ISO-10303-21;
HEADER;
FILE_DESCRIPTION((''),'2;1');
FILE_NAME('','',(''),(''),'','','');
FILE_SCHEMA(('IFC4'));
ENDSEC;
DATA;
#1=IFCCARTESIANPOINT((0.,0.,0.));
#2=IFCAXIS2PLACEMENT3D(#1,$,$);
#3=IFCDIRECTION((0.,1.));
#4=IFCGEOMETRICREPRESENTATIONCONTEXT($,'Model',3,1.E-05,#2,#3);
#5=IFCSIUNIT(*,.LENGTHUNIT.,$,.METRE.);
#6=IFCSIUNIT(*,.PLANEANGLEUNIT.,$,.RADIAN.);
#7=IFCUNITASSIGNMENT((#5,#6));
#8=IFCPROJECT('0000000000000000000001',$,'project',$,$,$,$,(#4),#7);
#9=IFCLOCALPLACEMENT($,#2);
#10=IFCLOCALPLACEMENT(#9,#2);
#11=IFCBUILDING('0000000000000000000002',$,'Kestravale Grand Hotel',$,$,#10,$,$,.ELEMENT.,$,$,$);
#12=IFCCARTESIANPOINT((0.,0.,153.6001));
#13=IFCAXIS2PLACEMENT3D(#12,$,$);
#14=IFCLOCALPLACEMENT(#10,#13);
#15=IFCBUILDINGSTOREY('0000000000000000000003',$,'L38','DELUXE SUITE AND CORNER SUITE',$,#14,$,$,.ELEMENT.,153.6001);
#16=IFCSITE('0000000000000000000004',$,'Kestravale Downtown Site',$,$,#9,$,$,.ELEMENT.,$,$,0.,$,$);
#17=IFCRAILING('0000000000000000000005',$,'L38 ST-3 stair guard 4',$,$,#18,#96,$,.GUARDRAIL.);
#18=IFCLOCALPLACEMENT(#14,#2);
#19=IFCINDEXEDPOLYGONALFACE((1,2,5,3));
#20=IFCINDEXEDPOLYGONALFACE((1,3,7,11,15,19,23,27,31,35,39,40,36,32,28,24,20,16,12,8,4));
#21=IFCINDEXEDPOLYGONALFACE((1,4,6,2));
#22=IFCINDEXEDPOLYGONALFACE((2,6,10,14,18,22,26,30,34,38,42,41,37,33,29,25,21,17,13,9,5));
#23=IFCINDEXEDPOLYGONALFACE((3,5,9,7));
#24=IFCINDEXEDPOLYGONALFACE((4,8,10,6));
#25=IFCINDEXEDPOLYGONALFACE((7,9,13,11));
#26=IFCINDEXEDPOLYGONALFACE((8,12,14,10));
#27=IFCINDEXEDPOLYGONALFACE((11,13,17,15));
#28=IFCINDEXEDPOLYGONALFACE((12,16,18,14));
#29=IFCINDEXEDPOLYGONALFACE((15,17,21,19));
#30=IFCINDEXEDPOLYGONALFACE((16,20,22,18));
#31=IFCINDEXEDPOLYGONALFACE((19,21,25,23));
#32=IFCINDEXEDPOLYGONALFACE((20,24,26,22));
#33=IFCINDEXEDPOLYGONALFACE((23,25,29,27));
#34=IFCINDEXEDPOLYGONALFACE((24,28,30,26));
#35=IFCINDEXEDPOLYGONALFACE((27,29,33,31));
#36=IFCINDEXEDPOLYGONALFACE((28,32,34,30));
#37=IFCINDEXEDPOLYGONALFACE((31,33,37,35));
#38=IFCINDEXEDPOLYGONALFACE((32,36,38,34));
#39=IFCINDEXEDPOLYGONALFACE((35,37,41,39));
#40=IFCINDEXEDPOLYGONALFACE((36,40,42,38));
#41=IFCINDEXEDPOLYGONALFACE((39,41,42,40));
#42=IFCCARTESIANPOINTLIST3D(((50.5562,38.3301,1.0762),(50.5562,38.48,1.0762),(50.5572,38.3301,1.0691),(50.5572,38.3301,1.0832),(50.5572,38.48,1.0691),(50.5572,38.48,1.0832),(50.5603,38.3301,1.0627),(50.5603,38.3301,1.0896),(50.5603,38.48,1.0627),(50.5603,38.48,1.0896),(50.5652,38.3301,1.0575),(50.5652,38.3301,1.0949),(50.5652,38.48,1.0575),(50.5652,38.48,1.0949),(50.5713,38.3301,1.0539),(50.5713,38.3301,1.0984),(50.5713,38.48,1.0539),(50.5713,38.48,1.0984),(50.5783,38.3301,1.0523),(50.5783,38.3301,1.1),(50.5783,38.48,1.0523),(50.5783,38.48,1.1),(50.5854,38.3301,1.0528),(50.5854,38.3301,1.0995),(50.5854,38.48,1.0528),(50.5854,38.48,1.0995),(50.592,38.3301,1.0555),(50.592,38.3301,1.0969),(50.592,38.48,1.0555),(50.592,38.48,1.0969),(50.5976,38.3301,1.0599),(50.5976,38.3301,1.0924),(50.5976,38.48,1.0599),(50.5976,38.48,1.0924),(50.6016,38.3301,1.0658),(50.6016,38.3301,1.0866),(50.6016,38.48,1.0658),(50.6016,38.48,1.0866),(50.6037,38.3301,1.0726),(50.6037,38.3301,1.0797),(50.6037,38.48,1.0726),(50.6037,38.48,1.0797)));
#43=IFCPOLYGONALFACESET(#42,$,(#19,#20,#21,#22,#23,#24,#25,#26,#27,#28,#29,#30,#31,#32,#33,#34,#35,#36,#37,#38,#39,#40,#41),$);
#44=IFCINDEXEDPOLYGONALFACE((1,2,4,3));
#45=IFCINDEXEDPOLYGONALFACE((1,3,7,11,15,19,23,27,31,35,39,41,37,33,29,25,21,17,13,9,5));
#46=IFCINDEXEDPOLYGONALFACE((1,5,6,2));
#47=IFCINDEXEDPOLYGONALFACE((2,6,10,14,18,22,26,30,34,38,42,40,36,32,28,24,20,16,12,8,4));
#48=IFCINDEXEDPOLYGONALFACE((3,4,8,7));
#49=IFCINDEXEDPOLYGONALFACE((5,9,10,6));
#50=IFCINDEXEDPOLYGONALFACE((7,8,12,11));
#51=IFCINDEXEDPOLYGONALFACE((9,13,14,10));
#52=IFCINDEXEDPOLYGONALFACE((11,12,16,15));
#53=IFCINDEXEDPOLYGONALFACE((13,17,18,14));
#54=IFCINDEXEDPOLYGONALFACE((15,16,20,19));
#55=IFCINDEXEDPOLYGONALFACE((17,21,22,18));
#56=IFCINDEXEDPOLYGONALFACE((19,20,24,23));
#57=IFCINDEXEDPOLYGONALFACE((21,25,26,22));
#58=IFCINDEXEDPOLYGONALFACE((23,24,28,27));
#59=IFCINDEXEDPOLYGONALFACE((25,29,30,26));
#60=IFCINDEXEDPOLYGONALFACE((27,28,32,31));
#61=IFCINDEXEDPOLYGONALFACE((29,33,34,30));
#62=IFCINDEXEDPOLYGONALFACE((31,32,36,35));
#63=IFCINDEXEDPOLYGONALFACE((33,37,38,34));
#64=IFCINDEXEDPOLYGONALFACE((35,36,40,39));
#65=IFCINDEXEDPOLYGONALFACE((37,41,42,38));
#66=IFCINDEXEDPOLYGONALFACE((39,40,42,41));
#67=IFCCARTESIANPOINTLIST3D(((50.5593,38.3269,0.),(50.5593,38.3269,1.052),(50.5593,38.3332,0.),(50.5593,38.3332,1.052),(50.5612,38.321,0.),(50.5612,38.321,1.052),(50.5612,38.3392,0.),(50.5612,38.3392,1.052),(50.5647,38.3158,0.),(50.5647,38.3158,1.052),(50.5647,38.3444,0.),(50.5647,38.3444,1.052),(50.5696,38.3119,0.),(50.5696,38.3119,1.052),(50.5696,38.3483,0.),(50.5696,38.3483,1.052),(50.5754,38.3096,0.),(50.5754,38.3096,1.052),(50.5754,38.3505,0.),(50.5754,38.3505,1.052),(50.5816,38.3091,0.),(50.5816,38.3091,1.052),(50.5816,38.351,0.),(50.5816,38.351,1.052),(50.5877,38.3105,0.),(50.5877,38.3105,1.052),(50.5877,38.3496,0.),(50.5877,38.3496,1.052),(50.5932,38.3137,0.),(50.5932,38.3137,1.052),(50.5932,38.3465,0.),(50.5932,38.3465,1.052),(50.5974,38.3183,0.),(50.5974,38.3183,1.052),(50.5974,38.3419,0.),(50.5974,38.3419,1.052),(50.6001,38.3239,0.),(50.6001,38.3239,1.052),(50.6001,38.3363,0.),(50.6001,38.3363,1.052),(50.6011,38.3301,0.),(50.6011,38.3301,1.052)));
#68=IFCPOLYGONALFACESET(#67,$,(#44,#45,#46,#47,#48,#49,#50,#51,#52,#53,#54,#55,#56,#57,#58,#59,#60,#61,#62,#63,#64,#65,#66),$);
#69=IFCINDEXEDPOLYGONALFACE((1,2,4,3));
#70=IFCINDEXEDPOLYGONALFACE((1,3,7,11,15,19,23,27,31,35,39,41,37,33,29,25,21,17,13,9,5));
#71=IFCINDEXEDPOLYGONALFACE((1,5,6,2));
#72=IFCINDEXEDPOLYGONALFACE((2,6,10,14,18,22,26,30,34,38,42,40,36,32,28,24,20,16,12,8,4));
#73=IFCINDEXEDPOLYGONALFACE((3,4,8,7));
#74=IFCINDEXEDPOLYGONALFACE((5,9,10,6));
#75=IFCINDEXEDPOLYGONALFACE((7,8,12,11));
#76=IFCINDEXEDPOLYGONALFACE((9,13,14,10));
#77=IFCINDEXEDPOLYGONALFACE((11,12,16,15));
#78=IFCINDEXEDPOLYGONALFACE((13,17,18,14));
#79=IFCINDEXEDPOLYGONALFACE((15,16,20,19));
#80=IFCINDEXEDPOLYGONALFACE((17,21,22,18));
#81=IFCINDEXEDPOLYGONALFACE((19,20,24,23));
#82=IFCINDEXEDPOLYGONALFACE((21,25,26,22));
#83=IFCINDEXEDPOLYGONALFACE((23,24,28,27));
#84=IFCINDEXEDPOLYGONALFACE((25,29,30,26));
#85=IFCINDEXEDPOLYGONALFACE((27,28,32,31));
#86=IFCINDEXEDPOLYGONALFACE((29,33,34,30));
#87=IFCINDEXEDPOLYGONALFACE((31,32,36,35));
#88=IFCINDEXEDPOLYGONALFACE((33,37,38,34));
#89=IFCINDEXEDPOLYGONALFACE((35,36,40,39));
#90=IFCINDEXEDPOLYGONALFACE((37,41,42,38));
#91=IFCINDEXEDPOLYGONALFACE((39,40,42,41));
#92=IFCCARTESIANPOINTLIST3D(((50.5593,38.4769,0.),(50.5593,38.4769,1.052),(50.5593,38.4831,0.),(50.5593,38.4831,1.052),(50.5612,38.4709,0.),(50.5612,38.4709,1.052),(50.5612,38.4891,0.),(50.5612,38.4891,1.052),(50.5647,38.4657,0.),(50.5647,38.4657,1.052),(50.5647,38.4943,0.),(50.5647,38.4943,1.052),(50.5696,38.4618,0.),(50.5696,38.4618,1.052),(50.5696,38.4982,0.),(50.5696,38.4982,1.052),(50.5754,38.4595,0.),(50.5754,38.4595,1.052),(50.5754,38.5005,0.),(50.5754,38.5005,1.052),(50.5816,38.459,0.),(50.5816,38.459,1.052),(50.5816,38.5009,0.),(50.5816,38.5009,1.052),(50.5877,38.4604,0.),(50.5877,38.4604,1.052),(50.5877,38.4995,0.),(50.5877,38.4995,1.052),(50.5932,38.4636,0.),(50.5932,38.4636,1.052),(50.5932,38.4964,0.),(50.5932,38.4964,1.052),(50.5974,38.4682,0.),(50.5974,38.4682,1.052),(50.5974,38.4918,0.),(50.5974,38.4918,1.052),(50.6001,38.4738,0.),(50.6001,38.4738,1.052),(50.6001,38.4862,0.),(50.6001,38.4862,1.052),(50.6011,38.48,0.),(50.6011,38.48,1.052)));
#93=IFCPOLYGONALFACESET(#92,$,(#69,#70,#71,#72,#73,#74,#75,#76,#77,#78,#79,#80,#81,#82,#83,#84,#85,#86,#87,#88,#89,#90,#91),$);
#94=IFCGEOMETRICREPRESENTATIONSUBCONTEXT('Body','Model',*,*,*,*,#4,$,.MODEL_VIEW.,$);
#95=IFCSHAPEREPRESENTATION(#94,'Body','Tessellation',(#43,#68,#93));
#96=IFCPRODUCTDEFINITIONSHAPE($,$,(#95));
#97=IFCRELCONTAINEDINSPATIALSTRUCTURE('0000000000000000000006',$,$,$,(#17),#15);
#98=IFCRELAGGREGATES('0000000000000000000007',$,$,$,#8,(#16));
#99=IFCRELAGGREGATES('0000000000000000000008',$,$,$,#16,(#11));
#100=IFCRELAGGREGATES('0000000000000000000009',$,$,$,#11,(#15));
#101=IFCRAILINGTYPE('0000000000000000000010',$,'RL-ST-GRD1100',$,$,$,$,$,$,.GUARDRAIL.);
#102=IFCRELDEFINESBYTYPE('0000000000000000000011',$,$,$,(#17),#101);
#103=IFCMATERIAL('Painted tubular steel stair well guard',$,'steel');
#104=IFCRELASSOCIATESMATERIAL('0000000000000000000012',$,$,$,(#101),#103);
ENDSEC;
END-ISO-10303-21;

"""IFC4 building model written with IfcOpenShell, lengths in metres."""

from ifc_helpers import new_model, si_unit, direction, frame, origin, origin_2d, place, context, subcontext, project, spatial, circle, extrude, material, type_object, element, save


model = new_model("IFC4")

# Units and contexts
model_context = context("Model", 3, precision=1e-05, world=origin(), true_north=direction((0.0, 1.0)))
body_context = subcontext(model_context, "Body", "Model", "MODEL_VIEW")
ifc_project = project(units=[si_unit("LENGTHUNIT", "METRE"), si_unit("PLANEANGLEUNIT", "RADIAN")], contexts=[model_context])

# Site, building, storey
site_placement = place(None, origin())
site = spatial("IfcSite", under=ifc_project, at=site_placement, Name="Kestravale Downtown Site", CompositionType="ELEMENT", RefElevation=0.0)
building_placement = place(site_placement, origin())
building = spatial("IfcBuilding", under=site, at=building_placement, Name="Kestravale Grand Hotel", CompositionType="ELEMENT")
storey_placement = place(building_placement, frame((0.0, 0.0, 153.6001)))
storey = spatial("IfcBuildingStorey", under=building, at=storey_placement, Name="L38", Description="DELUXE SUITE AND CORNER SUITE", CompositionType="ELEMENT", Elevation=153.6001)

# Railing
ifc_material_1 = material(Name="Painted tubular steel stair well guard", Category="steel")
railing_type_1 = type_object("IfcRailingType", Name="RL-ST-GRD1100", PredefinedType="GUARDRAIL", material=ifc_material_1)
railing_1_placement = place(storey_placement, frame((50.5801, 38.3301, 0.0)))
element("IfcRailing", 1, at=railing_1_placement, inside=storey, type_object=railing_type_1, Name="L38 ST-3 stair guard 4", PredefinedType="GUARDRAIL", context=body_context, shape_type="SweptSolid", body=[
    extrude(circle(Radius=0.0239, at=origin_2d()), frame((0.0, 0.0, 1.0762), z_axis=(0.0, 1.0, 0.0), x_axis=(-1.0, 0.0, 0.0)), (0.0, 0.0, 1.0), 0.1499),
    extrude(circle(Radius=0.021, at=origin_2d()), origin(), (0.0, 0.0, 1.0), 1.052),
    extrude(circle(Radius=0.021, at=origin_2d()), frame((0.0, 0.1499, 0.0)), (0.0, 0.0, 1.0), 1.052),
])

save(model, "model.ifc")
